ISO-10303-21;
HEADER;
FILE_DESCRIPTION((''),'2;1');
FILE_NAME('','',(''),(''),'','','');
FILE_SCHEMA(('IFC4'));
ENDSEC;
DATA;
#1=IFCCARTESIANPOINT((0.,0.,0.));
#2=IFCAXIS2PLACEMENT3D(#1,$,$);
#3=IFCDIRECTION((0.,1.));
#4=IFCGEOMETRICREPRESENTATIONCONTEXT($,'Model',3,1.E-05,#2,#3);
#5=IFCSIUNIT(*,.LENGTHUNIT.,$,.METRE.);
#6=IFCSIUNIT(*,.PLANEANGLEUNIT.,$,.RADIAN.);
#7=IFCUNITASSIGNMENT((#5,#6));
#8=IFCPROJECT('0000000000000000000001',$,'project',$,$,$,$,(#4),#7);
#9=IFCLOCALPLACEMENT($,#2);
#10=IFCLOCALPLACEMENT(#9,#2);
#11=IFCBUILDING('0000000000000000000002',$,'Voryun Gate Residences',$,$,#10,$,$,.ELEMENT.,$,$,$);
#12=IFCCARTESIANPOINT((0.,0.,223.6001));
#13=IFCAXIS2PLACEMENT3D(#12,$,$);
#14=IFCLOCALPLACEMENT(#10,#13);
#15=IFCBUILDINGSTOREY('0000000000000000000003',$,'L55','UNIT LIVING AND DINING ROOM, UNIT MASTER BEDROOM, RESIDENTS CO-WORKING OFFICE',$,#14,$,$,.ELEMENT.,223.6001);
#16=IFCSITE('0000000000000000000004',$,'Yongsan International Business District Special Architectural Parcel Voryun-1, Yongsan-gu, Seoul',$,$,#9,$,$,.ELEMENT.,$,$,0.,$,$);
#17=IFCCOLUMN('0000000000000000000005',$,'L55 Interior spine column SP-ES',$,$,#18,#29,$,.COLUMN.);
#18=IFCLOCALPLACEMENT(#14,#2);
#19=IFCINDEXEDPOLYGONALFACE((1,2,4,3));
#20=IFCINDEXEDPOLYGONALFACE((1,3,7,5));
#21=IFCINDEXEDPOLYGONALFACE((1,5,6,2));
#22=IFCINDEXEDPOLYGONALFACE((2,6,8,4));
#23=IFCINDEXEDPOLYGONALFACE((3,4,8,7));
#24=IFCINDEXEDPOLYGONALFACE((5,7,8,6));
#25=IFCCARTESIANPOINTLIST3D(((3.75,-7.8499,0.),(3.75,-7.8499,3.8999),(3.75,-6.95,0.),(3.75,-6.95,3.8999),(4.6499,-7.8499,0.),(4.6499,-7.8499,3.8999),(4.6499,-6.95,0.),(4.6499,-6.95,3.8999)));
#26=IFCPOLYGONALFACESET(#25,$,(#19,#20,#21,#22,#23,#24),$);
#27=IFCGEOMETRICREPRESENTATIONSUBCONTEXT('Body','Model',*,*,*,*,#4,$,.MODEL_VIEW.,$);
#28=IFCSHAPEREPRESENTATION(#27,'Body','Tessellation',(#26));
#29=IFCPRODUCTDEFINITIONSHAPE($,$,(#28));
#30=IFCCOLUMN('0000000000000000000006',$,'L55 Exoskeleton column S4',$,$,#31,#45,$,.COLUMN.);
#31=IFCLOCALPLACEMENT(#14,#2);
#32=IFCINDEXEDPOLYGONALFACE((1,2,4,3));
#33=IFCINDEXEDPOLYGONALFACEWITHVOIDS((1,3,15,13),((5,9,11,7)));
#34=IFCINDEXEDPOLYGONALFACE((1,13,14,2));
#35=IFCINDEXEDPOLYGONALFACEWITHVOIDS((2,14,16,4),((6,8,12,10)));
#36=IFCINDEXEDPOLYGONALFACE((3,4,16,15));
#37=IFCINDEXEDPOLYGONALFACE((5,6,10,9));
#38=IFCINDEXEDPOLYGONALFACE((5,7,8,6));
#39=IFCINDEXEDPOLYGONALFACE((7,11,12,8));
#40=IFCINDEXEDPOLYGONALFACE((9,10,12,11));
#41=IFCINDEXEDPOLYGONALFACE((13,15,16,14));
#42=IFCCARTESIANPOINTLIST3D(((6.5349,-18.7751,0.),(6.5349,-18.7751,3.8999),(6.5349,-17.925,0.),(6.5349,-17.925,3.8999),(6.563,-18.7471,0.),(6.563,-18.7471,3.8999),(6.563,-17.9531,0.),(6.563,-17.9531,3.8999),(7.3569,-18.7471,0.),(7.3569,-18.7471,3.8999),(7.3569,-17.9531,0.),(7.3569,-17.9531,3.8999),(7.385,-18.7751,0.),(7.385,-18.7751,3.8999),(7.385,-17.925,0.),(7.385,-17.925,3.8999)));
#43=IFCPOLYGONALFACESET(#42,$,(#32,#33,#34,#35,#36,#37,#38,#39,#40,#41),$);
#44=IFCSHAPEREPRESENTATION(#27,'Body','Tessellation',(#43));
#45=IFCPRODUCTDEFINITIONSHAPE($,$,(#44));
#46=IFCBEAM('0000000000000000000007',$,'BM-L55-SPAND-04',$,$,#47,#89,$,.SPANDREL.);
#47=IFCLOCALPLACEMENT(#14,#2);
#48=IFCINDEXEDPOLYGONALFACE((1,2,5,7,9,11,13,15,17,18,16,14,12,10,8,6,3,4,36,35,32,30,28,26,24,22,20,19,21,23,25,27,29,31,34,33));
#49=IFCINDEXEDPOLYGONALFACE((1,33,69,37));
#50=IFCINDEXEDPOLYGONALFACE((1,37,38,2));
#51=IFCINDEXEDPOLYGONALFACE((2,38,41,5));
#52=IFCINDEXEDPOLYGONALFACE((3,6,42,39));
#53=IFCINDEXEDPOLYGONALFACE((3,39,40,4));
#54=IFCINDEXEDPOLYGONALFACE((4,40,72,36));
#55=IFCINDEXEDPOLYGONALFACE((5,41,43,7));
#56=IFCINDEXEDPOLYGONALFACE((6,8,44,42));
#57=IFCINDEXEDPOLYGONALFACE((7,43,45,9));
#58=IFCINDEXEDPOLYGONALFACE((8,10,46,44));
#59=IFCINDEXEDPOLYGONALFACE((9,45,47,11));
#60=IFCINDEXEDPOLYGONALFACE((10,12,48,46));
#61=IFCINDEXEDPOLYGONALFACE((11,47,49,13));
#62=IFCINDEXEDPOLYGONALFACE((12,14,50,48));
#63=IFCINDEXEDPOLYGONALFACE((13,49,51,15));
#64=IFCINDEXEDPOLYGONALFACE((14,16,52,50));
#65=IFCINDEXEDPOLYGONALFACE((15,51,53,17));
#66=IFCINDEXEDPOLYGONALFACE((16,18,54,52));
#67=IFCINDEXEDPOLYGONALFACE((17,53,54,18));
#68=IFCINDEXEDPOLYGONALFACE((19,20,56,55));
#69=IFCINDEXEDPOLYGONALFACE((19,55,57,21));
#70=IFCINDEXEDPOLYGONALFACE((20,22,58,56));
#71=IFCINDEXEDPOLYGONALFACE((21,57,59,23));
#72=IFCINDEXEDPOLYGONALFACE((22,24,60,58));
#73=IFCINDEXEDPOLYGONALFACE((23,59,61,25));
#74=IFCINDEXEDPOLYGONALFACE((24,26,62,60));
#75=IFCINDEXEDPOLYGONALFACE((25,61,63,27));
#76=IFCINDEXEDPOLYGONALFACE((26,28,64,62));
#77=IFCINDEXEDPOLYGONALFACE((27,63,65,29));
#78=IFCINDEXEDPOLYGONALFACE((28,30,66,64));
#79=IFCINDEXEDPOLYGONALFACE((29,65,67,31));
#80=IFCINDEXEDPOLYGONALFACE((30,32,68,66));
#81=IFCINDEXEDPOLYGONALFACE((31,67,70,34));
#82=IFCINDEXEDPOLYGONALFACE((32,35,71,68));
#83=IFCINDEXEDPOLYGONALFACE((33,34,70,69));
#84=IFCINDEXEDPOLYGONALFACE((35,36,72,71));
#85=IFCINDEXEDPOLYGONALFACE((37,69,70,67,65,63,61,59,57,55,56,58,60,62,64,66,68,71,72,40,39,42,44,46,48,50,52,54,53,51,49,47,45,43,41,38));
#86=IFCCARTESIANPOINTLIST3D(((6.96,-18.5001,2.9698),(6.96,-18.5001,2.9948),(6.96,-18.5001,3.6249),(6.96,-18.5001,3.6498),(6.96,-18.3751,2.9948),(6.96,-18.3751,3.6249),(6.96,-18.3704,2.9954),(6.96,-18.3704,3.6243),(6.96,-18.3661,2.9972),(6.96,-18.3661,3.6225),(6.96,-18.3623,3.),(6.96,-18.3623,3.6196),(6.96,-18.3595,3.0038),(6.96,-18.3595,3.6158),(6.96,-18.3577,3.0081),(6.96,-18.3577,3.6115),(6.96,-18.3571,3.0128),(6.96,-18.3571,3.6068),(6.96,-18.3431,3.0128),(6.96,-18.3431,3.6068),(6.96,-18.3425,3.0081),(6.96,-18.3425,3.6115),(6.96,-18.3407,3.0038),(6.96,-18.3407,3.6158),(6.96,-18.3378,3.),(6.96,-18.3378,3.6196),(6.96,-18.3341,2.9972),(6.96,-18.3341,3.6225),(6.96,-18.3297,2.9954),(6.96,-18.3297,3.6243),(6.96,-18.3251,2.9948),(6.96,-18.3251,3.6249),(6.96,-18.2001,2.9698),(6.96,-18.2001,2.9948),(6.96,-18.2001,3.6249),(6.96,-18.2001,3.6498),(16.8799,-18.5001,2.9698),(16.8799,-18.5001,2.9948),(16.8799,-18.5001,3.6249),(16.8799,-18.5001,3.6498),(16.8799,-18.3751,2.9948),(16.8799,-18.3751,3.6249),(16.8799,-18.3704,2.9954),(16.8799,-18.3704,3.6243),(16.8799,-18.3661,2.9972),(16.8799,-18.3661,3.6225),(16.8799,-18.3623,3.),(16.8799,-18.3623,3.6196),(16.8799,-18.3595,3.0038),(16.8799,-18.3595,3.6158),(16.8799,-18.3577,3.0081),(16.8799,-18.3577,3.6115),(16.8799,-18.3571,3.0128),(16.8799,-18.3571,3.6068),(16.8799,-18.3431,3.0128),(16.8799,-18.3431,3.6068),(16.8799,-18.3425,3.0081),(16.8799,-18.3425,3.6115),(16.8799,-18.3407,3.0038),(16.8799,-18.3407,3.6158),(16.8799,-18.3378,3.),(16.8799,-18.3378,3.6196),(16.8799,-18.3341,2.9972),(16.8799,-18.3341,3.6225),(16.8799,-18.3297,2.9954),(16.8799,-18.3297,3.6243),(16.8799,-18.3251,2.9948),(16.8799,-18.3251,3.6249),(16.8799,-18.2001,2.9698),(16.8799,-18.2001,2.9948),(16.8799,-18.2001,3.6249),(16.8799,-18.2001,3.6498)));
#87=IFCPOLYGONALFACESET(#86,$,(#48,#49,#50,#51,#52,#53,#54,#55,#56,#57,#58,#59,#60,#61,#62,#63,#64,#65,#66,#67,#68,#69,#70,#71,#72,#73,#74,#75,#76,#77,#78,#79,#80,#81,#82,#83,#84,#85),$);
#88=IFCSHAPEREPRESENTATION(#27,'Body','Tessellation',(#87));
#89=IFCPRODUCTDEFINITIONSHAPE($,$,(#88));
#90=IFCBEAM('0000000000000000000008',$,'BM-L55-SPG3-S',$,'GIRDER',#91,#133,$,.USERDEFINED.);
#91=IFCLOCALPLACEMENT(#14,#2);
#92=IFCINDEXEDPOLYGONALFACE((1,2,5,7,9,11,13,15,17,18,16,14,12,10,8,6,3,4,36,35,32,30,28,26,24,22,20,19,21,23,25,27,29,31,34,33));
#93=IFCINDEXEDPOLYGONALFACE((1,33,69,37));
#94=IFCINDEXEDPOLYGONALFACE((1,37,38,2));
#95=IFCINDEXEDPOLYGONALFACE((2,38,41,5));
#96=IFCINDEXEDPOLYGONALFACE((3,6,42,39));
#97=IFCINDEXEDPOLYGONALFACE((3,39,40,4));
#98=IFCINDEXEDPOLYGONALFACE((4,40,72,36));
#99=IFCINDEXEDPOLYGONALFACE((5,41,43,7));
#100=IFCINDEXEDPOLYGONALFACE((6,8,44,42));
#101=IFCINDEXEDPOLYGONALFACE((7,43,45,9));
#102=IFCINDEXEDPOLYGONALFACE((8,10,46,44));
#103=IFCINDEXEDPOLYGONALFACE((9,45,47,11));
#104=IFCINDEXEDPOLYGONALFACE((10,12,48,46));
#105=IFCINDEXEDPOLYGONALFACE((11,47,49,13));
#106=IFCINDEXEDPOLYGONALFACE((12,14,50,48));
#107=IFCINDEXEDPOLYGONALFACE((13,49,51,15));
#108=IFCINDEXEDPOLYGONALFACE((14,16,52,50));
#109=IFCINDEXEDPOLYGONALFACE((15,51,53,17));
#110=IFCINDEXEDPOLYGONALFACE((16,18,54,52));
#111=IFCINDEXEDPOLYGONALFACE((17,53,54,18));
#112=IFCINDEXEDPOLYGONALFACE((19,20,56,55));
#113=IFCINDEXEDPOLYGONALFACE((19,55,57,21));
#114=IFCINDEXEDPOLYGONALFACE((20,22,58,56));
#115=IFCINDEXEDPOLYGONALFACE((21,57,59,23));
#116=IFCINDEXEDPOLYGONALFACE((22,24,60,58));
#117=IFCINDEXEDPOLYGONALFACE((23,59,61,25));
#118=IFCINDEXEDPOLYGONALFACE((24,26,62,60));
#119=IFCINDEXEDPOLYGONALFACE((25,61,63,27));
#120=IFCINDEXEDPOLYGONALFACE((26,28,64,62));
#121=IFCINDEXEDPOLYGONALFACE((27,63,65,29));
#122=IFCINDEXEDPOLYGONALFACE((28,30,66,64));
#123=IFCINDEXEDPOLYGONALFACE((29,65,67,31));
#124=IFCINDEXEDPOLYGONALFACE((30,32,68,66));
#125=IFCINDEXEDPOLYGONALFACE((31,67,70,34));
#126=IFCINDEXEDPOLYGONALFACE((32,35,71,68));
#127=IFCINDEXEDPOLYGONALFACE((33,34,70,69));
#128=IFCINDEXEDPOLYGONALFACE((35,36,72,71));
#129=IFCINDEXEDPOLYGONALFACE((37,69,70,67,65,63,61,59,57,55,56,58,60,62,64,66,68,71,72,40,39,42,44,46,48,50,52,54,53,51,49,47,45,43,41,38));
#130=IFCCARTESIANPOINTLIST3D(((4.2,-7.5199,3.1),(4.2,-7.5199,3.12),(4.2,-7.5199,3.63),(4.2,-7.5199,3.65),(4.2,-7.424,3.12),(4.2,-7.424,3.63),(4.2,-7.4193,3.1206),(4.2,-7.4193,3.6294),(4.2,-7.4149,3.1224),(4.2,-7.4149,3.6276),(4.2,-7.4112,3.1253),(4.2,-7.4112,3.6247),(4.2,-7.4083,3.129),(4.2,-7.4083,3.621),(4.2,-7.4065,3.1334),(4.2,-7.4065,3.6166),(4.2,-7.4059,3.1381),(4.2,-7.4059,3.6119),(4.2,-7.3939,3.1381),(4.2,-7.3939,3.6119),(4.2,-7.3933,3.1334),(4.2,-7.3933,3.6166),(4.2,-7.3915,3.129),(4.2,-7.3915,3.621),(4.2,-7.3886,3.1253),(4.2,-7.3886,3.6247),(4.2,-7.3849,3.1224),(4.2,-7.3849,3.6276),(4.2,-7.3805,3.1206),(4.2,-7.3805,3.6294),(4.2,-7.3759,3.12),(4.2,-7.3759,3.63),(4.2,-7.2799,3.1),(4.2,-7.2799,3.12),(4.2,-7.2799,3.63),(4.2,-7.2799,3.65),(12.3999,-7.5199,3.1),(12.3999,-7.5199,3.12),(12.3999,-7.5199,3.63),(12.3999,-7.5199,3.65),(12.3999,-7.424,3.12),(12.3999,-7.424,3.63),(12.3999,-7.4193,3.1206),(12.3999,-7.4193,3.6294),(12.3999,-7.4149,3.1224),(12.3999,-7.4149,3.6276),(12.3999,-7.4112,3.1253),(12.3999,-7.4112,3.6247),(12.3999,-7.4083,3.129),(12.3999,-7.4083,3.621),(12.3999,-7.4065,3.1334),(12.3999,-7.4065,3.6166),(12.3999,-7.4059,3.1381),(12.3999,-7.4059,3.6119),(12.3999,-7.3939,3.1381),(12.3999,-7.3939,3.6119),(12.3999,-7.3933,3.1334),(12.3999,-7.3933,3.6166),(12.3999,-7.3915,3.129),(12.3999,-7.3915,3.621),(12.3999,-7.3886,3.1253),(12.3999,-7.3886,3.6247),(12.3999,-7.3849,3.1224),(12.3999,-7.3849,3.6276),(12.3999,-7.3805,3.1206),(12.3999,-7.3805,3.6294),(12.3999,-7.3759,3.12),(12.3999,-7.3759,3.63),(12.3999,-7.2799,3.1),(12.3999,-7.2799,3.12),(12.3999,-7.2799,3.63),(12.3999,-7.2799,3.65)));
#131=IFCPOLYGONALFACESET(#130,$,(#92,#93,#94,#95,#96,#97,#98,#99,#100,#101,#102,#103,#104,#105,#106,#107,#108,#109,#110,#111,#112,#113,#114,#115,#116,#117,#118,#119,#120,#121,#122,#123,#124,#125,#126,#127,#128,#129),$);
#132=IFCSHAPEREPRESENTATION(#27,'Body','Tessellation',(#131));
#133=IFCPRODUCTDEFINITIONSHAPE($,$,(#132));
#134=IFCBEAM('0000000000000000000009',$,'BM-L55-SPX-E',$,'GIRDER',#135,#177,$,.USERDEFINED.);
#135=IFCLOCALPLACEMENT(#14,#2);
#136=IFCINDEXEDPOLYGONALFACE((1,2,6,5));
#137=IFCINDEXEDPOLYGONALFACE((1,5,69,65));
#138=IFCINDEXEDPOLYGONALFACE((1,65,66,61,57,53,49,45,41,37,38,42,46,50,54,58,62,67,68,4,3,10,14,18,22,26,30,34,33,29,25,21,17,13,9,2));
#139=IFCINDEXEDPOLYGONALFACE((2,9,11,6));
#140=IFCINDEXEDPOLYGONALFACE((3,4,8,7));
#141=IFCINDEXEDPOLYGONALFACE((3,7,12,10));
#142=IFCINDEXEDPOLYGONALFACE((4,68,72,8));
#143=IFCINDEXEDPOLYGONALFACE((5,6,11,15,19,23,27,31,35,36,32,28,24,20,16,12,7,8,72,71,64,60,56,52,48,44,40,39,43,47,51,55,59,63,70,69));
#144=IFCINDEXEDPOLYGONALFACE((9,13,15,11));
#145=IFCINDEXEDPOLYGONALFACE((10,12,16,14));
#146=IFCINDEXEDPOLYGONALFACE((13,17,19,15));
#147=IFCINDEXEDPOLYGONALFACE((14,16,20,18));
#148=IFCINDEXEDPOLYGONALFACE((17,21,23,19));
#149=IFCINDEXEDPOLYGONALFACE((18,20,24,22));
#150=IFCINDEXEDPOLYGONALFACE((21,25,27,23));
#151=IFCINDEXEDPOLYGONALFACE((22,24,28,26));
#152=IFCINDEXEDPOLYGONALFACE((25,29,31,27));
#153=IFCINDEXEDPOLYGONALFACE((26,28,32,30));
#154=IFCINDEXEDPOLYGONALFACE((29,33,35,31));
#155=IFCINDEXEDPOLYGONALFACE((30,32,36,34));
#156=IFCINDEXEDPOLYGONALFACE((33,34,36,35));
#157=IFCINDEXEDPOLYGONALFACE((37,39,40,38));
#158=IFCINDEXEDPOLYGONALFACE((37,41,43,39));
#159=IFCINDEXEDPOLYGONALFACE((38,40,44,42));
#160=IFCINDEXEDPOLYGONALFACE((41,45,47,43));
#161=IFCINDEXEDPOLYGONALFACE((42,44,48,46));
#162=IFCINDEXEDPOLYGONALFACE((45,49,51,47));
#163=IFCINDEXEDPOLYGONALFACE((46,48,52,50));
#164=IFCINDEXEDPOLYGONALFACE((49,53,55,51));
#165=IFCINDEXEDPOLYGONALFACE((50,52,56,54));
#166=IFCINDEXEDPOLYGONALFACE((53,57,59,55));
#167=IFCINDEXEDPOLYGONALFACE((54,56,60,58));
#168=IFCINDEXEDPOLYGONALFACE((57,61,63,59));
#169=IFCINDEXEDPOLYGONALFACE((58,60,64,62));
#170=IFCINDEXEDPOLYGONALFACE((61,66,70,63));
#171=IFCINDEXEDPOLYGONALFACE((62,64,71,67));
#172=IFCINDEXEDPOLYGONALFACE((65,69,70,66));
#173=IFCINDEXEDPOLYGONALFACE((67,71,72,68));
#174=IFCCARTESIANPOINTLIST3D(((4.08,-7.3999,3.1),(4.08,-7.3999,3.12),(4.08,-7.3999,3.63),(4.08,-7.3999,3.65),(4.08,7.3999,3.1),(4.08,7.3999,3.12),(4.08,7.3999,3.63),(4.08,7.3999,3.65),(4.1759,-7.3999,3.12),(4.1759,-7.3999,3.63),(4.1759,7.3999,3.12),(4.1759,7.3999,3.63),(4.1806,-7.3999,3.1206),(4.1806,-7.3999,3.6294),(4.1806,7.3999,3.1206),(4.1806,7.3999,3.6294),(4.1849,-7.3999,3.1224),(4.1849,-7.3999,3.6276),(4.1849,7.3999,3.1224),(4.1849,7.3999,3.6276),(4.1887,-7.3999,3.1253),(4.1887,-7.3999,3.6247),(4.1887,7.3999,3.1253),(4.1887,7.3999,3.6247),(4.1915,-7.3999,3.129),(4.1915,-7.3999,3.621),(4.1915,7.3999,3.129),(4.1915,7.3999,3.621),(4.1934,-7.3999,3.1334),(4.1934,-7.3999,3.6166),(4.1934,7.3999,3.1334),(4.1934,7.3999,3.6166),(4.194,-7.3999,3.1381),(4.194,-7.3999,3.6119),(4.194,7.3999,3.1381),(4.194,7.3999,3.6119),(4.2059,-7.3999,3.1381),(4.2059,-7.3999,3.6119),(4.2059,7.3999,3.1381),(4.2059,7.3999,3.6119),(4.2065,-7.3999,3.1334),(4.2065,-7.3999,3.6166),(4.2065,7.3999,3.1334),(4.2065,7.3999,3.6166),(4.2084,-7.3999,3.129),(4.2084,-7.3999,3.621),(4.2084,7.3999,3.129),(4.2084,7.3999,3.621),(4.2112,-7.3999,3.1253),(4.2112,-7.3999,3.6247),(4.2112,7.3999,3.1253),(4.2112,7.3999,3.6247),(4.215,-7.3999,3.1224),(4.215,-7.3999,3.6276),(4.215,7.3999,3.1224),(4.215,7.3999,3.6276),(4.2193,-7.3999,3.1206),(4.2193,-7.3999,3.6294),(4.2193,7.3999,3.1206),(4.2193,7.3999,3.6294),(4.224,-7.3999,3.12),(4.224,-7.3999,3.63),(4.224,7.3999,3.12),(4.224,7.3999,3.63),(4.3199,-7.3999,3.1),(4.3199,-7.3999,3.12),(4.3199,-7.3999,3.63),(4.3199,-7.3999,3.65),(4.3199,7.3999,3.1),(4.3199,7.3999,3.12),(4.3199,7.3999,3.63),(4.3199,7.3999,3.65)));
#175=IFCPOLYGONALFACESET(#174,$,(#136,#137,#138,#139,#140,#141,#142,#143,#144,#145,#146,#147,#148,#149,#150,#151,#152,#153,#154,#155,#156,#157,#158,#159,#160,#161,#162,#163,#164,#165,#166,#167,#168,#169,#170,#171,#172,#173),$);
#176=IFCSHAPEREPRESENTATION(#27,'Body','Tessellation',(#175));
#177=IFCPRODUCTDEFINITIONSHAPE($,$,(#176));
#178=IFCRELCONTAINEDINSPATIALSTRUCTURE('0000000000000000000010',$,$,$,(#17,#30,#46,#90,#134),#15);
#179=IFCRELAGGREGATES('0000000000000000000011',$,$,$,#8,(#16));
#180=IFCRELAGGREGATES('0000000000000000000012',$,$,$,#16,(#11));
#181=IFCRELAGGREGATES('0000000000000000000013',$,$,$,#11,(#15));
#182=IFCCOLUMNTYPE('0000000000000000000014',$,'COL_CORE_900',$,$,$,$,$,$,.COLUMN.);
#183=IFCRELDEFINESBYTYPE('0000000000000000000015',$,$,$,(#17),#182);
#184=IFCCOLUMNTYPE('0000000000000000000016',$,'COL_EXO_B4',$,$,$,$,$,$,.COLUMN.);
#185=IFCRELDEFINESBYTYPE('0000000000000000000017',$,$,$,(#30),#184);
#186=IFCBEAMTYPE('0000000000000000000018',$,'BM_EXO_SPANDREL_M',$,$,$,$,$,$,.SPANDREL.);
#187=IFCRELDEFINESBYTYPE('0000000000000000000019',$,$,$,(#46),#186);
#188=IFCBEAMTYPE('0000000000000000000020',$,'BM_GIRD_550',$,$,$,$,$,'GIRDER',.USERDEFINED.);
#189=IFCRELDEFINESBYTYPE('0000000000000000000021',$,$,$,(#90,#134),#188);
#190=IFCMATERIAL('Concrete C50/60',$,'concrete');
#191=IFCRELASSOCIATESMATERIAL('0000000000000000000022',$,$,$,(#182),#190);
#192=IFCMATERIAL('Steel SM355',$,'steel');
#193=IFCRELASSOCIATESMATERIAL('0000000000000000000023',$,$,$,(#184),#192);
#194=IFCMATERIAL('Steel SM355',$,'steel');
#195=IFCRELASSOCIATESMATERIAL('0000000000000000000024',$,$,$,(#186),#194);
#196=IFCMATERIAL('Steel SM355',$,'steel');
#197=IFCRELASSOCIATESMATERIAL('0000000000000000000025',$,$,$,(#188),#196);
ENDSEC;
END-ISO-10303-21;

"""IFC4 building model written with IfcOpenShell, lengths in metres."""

from ifc_helpers import new_model, si_unit, direction, frame, origin, origin_2d, place, context, subcontext, project, spatial, rectangle, hollow_rectangle, i_section, extrude, material, material_profile, profile_set, type_object, element, save


model = new_model("IFC4")

# Units and contexts
model_context = context("Model", 3, precision=1e-05, world=origin(), true_north=direction((0.0, 1.0)))
body_context = subcontext(model_context, "Body", "Model", "MODEL_VIEW")
ifc_project = project(units=[si_unit("LENGTHUNIT", "METRE"), si_unit("PLANEANGLEUNIT", "RADIAN")], contexts=[model_context])

# Site, building, storey
site_placement = place(None, origin())
site = spatial("IfcSite", under=ifc_project, at=site_placement, Name="Yongsan International Business District Special Architectural Parcel Voryun-1, Yongsan-gu, Seoul", CompositionType="ELEMENT", RefElevation=0.0)
building_placement = place(site_placement, origin())
building = spatial("IfcBuilding", under=site, at=building_placement, Name="Voryun Gate Residences", CompositionType="ELEMENT")
storey_placement = place(building_placement, frame((0.0, 0.0, 223.6001)))
storey = spatial("IfcBuildingStorey", under=building, at=storey_placement, Name="L55", Description="UNIT LIVING AND DINING ROOM, UNIT MASTER BEDROOM, RESIDENTS CO-WORKING OFFICE", CompositionType="ELEMENT", Elevation=223.6001)

# Columns
ifc_material_1 = material(Name="Concrete C50/60", Category="concrete")
ifc_material_profile_1 = material_profile(ifc_material_1, rectangle(XDim=0.8999, YDim=0.8999, at=origin_2d()), Name="RC-900x900")
ifc_profile_set_1 = profile_set([ifc_material_profile_1], Name="Concrete C50/60")
column_type_1 = type_object("IfcColumnType", Name="COL_CORE_900", PredefinedType="COLUMN", material=ifc_profile_set_1)
column_1_placement = place(storey_placement, frame((4.2, -7.3999, 0.0), z_axis=(0.0, 0.0, 1.0), x_axis=(1.0, 0.0, 0.0)))
element("IfcColumn", 1, at=column_1_placement, inside=storey, type_object=column_type_1, Name="L55 Interior spine column SP-ES", PredefinedType="COLUMN", context=body_context, shape_type="SweptSolid", body=[
    extrude(rectangle(XDim=0.8999, YDim=0.8999, at=origin_2d()), origin(), (0.0, 0.0, 1.0), 3.8999),
])
ifc_material_2 = material(Name="Steel SM355", Category="steel")
ifc_material_profile_2 = material_profile(ifc_material_2, hollow_rectangle(XDim=0.8501, YDim=0.8501, WallThickness=0.0281, at=origin_2d()), Name="BOX-850x850x28")
ifc_profile_set_2 = profile_set([ifc_material_profile_2], Name="Steel SM355")
column_type_2 = type_object("IfcColumnType", Name="COL_EXO_B4", PredefinedType="COLUMN", material=ifc_profile_set_2)
column_2_placement = place(storey_placement, frame((6.96, -18.3501, 0.0), z_axis=(0.0, 0.0, 1.0), x_axis=(1.0, 0.0, 0.0)))
element("IfcColumn", 2, at=column_2_placement, inside=storey, type_object=column_type_2, Name="L55 Exoskeleton column S4", PredefinedType="COLUMN", context=body_context, shape_type="SweptSolid", body=[
    extrude(hollow_rectangle(XDim=0.8501, YDim=0.8501, WallThickness=0.0281, at=origin_2d()), origin(), (0.0, 0.0, 1.0), 3.8999),
])

# Beams
ifc_material_3 = material(Name="Steel SM355", Category="steel")
ifc_material_profile_3 = material_profile(ifc_material_3, i_section(OverallWidth=0.3, OverallDepth=0.6799, WebThickness=0.0139, FlangeThickness=0.0249, FilletRadius=0.0181, at=origin_2d()), Name="H-680x300x14x25")
ifc_profile_set_3 = profile_set([ifc_material_profile_3], Name="Steel SM355")
beam_type_1 = type_object("IfcBeamType", Name="BM_EXO_SPANDREL_M", PredefinedType="SPANDREL", material=ifc_profile_set_3)
beam_1_placement = place(storey_placement, frame((6.96, -18.3501, 3.3098), z_axis=(1.0, 0.0, 0.0), x_axis=(0.0, 1.0, 0.0)))
element("IfcBeam", 3, at=beam_1_placement, inside=storey, type_object=beam_type_1, Name="BM-L55-SPAND-04", PredefinedType="SPANDREL", context=body_context, shape_type="SweptSolid", body=[
    extrude(i_section(OverallWidth=0.3, OverallDepth=0.6799, WebThickness=0.0139, FlangeThickness=0.0249, FilletRadius=0.0181, at=origin_2d()), origin(), (0.0, 0.0, 1.0), 9.9199),
])
ifc_material_4 = material(Name="Steel SM355", Category="steel")
ifc_material_profile_4 = material_profile(ifc_material_4, i_section(OverallWidth=0.24, OverallDepth=0.55, WebThickness=0.012, FlangeThickness=0.02, FilletRadius=0.0181, at=origin_2d()), Name="H-550x240x12x20")
ifc_profile_set_4 = profile_set([ifc_material_profile_4], Name="Steel SM355")
beam_type_2 = type_object("IfcBeamType", Name="BM_GIRD_550", ElementType="GIRDER", PredefinedType="USERDEFINED", material=ifc_profile_set_4)
beam_2_placement = place(storey_placement, frame((4.2, -7.3999, 3.375), z_axis=(1.0, 0.0, 0.0), x_axis=(0.0, 1.0, 0.0)))
element("IfcBeam", 4, at=beam_2_placement, inside=storey, type_object=beam_type_2, Name="BM-L55-SPG3-S", ObjectType="GIRDER", PredefinedType="USERDEFINED", context=body_context, shape_type="SweptSolid", body=[
    extrude(i_section(OverallWidth=0.24, OverallDepth=0.55, WebThickness=0.012, FlangeThickness=0.02, FilletRadius=0.0181, at=origin_2d()), origin(), (0.0, 0.0, 1.0), 8.2),
])
beam_3_placement = place(storey_placement, frame((4.2, -7.3999, 3.375), z_axis=(0.0, 1.0, 0.0), x_axis=(-1.0, 0.0, 0.0)))
element("IfcBeam", 5, at=beam_3_placement, inside=storey, type_object=beam_type_2, Name="BM-L55-SPX-E", ObjectType="GIRDER", PredefinedType="USERDEFINED", context=body_context, shape_type="SweptSolid", body=[
    extrude(i_section(OverallWidth=0.24, OverallDepth=0.55, WebThickness=0.012, FlangeThickness=0.02, FilletRadius=0.0181, at=origin_2d()), origin(), (0.0, 0.0, 1.0), 14.7998),
])

save(model, "model.ifc")
